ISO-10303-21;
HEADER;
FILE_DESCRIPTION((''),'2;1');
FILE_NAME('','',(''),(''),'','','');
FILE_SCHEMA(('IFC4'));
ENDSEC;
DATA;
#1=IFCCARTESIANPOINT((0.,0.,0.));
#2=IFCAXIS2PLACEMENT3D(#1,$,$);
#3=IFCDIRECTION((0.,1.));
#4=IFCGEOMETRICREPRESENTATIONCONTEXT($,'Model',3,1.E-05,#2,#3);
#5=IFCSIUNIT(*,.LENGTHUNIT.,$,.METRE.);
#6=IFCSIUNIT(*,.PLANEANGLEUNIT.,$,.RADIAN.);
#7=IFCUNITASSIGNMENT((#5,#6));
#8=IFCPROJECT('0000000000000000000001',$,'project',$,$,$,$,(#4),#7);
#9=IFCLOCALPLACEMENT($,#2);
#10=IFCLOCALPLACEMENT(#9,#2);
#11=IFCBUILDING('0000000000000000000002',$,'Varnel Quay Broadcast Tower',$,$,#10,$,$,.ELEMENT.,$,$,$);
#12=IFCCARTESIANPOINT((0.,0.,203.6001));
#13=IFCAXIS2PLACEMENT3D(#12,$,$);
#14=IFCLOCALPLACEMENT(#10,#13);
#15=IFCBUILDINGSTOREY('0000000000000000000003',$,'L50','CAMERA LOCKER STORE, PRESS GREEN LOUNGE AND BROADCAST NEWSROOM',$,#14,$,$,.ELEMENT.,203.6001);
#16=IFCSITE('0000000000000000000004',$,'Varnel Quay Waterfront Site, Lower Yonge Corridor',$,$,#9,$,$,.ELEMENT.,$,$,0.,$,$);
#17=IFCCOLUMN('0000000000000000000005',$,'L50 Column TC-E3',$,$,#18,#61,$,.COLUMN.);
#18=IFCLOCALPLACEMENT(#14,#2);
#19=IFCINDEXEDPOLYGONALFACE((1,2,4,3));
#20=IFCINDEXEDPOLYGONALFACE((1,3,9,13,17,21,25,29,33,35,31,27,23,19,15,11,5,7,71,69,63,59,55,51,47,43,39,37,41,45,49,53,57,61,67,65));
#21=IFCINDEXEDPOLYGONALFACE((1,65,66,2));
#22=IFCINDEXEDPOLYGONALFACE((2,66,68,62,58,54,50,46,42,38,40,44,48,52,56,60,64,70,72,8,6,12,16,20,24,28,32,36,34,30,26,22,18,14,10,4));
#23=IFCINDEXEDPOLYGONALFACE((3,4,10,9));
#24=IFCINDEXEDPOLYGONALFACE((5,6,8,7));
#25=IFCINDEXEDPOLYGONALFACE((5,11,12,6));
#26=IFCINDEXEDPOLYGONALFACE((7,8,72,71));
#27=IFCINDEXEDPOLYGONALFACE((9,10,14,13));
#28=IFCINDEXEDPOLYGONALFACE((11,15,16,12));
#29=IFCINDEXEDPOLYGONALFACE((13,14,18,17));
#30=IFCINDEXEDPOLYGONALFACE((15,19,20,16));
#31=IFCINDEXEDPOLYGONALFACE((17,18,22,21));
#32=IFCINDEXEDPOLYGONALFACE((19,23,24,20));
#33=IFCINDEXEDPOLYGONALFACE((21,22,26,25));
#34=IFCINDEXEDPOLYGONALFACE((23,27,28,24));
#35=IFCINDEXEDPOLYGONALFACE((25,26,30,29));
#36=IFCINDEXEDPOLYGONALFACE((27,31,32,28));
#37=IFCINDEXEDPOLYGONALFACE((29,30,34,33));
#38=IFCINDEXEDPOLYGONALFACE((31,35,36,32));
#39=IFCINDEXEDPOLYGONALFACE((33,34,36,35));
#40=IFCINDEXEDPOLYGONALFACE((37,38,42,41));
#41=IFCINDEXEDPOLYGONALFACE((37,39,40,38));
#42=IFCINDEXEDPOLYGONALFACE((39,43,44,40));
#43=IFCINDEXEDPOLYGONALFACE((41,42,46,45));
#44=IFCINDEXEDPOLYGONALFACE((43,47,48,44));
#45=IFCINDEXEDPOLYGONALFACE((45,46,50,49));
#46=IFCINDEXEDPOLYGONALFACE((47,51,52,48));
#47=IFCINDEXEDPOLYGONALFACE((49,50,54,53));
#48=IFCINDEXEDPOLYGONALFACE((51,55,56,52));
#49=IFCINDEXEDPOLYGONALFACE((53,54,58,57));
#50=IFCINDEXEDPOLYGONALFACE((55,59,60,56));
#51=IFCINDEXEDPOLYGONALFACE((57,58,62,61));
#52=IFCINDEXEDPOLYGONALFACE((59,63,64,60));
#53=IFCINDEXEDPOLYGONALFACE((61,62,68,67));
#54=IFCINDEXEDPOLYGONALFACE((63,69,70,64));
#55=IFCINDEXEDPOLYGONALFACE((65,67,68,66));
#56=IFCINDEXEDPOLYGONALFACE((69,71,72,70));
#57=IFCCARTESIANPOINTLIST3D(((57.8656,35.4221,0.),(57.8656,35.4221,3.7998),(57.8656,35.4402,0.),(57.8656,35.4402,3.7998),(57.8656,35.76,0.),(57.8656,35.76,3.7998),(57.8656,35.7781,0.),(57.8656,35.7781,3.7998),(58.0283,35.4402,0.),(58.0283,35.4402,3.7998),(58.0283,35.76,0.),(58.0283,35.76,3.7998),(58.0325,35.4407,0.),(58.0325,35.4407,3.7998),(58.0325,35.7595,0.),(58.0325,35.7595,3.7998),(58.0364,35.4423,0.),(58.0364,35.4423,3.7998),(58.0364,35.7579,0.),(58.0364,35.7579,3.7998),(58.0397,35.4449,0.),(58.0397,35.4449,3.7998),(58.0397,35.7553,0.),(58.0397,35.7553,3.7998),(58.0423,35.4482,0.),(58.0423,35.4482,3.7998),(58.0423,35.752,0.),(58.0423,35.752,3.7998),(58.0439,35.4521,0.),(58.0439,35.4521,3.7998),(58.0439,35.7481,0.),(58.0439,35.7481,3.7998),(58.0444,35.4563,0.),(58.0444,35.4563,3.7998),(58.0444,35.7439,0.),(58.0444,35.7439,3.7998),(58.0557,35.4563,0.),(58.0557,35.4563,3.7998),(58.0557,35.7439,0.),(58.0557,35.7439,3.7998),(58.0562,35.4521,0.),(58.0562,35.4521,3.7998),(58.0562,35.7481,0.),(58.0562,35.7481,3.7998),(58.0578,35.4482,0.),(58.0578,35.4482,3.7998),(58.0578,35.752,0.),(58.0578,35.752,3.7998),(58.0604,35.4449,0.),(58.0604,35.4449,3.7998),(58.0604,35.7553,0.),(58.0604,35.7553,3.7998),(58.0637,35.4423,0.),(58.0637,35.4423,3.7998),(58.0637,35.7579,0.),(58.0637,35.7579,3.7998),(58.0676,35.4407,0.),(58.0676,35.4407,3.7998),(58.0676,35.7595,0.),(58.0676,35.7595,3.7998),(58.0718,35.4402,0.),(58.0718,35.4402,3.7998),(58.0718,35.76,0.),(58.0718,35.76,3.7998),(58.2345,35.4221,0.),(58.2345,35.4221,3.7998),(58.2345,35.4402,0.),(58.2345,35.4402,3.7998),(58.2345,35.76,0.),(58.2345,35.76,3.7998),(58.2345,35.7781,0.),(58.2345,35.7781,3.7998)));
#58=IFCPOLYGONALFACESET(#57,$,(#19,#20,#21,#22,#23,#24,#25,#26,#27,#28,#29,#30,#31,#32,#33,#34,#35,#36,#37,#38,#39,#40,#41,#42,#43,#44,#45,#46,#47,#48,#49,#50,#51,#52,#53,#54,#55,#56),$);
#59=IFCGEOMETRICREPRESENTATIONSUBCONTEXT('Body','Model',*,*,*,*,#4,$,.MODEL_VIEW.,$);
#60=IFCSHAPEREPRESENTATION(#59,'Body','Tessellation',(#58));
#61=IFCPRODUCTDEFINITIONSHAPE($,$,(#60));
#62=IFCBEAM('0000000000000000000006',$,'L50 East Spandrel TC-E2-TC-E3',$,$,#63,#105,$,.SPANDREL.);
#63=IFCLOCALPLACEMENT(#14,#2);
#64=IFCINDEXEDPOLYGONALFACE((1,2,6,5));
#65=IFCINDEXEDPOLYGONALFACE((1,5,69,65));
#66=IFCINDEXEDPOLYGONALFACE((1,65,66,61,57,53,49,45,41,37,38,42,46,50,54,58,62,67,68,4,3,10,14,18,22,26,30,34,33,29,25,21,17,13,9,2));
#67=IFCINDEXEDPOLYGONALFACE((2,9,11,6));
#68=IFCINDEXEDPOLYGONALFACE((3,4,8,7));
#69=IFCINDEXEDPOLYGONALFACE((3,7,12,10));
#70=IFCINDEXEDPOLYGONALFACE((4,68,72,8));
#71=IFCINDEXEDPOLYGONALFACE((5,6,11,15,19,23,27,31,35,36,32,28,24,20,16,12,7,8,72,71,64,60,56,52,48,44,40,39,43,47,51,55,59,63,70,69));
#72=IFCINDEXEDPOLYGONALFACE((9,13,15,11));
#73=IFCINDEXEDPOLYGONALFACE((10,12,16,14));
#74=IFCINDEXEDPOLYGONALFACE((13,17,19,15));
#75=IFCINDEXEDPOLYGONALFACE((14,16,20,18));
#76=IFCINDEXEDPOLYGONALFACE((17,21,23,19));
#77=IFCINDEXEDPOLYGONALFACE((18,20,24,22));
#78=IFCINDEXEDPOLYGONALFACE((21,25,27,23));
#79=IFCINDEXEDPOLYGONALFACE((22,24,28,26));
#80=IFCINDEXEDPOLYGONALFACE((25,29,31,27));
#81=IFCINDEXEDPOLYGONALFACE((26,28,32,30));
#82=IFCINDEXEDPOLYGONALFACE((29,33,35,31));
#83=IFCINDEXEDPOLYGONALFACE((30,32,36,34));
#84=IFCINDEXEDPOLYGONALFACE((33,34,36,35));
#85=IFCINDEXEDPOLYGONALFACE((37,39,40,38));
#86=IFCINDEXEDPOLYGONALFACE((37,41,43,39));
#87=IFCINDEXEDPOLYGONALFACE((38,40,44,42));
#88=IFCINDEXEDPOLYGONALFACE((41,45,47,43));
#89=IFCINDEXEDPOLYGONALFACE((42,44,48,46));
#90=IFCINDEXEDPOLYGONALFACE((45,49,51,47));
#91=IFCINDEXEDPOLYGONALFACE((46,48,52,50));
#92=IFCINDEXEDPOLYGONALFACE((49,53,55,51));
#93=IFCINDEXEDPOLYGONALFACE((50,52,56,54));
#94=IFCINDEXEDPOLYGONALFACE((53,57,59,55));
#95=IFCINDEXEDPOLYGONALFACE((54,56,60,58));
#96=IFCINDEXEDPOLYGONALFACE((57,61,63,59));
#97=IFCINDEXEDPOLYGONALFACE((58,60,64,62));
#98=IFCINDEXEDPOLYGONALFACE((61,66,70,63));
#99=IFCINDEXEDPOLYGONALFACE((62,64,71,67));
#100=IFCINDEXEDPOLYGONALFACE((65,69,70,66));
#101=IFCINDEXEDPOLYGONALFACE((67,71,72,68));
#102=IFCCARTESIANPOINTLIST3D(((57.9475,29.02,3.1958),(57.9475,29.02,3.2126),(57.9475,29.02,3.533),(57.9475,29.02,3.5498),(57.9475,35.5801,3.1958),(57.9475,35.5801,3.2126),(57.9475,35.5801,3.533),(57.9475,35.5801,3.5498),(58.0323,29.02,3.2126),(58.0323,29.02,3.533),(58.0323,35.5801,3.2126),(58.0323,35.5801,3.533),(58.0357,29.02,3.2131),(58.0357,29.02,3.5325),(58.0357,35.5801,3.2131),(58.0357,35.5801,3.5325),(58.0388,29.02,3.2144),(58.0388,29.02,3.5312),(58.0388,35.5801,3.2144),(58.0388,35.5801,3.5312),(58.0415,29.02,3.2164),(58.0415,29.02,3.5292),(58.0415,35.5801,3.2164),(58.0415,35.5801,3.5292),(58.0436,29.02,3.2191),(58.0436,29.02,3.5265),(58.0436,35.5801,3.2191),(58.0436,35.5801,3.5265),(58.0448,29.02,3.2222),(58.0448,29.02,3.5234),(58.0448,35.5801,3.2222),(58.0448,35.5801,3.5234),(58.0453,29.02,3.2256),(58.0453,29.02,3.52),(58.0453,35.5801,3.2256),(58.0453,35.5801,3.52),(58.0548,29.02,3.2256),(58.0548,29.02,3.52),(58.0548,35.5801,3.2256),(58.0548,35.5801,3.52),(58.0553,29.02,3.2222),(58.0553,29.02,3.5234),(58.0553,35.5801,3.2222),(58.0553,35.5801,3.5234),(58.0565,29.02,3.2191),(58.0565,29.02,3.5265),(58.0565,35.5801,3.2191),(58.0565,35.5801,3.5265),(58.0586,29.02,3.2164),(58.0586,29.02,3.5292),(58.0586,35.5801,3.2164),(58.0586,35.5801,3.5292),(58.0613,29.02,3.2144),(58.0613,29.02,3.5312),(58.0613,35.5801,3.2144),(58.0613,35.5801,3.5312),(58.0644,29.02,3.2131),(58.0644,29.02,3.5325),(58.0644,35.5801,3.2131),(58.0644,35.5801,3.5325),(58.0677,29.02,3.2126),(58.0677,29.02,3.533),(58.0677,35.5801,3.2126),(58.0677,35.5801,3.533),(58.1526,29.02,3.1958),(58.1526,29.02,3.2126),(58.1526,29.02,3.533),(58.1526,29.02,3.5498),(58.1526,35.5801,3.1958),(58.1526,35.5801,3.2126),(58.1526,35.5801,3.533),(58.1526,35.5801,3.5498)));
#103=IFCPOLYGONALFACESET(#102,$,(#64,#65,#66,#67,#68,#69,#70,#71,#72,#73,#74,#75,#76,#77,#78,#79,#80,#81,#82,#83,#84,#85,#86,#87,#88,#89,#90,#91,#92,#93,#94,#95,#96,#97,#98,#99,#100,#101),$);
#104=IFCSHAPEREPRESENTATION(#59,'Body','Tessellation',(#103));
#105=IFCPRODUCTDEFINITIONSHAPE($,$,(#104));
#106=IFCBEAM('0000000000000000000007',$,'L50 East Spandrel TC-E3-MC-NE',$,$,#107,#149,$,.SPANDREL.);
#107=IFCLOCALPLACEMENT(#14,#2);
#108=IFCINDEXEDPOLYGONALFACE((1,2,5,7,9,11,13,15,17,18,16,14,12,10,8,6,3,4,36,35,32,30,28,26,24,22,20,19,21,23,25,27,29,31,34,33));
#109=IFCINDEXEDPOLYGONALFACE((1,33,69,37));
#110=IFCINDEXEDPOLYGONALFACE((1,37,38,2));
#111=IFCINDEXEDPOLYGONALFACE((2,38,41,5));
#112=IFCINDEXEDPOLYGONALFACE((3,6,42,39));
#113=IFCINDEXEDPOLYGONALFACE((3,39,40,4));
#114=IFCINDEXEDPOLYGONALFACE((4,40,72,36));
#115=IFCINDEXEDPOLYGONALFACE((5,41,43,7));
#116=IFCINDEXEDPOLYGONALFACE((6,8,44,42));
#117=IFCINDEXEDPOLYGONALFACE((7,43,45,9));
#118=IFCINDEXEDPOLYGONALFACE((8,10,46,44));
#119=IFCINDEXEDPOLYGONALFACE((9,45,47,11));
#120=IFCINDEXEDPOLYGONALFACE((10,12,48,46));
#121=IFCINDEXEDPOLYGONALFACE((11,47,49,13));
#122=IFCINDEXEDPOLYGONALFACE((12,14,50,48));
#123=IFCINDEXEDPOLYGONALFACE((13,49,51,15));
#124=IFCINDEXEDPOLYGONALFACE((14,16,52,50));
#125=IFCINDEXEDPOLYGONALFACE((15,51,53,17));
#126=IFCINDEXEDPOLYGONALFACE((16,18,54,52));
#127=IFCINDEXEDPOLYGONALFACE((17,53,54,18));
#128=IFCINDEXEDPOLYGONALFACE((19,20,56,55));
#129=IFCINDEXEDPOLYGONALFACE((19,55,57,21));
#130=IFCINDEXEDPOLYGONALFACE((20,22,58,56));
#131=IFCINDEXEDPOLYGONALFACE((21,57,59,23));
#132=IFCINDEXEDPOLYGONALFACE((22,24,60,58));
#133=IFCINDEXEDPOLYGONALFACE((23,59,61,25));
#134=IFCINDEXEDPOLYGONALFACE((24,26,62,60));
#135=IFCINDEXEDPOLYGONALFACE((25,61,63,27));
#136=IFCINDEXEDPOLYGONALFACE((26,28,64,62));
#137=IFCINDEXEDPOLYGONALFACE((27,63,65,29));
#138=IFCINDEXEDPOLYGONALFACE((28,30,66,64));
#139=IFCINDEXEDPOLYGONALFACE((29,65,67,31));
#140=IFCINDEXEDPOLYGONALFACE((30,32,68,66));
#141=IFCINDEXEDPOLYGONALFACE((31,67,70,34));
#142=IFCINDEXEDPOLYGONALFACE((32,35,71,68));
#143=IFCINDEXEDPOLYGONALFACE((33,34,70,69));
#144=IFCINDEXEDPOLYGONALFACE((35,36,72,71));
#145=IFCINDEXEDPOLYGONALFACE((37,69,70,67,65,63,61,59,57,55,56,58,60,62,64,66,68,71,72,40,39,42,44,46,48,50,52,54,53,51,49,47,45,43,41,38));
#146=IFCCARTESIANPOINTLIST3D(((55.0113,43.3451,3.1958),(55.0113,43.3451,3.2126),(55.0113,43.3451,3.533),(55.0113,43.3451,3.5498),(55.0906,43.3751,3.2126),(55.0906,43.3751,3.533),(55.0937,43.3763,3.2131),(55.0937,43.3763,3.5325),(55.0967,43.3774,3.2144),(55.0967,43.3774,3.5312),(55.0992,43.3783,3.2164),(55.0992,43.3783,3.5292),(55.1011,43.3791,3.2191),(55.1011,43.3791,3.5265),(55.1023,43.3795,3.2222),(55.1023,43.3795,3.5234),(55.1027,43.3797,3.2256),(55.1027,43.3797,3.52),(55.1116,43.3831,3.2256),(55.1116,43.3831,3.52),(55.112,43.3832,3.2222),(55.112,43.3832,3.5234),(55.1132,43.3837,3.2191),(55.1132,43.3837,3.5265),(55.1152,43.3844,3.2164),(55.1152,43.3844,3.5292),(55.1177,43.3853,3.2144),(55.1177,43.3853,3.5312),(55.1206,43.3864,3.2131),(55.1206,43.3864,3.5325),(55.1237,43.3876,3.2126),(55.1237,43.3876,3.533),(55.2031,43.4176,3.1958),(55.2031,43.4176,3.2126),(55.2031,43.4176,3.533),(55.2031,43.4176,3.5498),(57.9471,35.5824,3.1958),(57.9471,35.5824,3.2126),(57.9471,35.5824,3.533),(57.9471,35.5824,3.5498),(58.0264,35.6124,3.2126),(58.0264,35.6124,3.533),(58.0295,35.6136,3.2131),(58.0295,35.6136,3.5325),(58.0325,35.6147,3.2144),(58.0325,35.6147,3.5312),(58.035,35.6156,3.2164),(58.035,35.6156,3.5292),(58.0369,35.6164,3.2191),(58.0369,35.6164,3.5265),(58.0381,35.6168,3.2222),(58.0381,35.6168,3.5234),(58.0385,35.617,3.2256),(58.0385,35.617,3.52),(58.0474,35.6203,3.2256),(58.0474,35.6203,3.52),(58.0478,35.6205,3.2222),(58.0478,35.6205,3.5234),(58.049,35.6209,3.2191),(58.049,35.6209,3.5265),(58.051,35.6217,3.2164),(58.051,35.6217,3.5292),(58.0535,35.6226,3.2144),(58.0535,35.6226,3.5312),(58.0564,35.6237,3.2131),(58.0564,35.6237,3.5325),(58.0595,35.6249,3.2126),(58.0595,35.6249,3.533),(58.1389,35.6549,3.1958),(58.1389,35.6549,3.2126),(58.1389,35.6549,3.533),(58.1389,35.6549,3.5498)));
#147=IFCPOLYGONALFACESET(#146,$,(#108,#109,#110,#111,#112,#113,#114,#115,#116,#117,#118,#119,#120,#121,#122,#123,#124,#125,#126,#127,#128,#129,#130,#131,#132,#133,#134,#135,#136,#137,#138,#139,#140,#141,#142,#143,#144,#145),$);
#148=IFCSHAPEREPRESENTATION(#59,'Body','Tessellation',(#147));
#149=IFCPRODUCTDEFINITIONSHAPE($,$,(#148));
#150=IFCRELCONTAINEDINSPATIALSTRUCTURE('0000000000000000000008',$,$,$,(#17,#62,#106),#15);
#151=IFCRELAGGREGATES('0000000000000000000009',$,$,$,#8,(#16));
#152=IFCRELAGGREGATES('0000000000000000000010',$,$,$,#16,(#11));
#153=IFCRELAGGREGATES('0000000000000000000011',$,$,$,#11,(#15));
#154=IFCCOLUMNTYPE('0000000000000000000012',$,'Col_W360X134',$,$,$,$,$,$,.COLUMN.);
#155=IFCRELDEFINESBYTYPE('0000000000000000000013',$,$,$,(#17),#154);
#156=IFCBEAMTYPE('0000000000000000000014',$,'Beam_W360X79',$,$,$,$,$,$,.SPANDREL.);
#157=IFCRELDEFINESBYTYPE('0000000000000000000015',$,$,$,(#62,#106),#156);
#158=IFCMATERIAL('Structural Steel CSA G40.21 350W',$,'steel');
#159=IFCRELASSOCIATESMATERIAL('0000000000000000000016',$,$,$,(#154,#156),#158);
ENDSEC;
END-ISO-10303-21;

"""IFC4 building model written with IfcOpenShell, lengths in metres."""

from ifc_helpers import new_model, si_unit, direction, frame, origin, origin_2d, place, context, subcontext, project, spatial, i_section, extrude, source, transform, mapped, material, material_profile, profile_set, type_object, type_shapes, element, save


model = new_model("IFC4")

# Units and contexts
model_context = context("Model", 3, precision=1e-05, world=origin(), true_north=direction((0.0, 1.0)))
body_context = subcontext(model_context, "Body", "Model", "MODEL_VIEW")
ifc_project = project(units=[si_unit("LENGTHUNIT", "METRE"), si_unit("PLANEANGLEUNIT", "RADIAN")], contexts=[model_context])

# Site, building, storey
site_placement = place(None, origin())
site = spatial("IfcSite", under=ifc_project, at=site_placement, Name="Varnel Quay Waterfront Site, Lower Yonge Corridor", CompositionType="ELEMENT", RefElevation=0.0)
building_placement = place(site_placement, origin())
building = spatial("IfcBuilding", under=site, at=building_placement, Name="Varnel Quay Broadcast Tower", CompositionType="ELEMENT")
storey_placement = place(building_placement, frame((0.0, 0.0, 203.6001)))
storey = spatial("IfcBuildingStorey", under=building, at=storey_placement, Name="L50", Description="CAMERA LOCKER STORE, PRESS GREEN LOUNGE AND BROADCAST NEWSROOM", CompositionType="ELEMENT", Elevation=203.6001)

# Column
ifc_material_1 = material(Name="Structural Steel CSA G40.21 350W", Category="steel")
ifc_material_profile_1 = material_profile(ifc_material_1, i_section(OverallWidth=0.3689, OverallDepth=0.356, WebThickness=0.0112, FlangeThickness=0.0181, FilletRadius=0.0161, at=origin_2d()), Name="W360X134")
ifc_profile_set_1 = profile_set([ifc_material_profile_1], Name="Structural Steel CSA G40.21 350W")
column_type_1 = type_object("IfcColumnType", Name="Col_W360X134", PredefinedType="COLUMN", material=ifc_profile_set_1)
shared_shape_1 = source(origin(), body_context, "Body", "SweptSolid", [
    extrude(i_section(OverallWidth=0.3689, OverallDepth=0.356, WebThickness=0.0112, FlangeThickness=0.0181, FilletRadius=0.0161, at=origin_2d()), origin(), (0.0, 0.0, 1.0), 3.7998),
])
type_shapes(column_type_1, [shared_shape_1])
for number, where, z_axis, x_axis, name in (
    (1, (58.05, 35.6001, 0.0), (0.0, 0.0, 1.0), (1.0, 0.0, 0.0), "L50 Column TC-E3"),
):
    element("IfcColumn", number, at=place(storey_placement, frame(where, z_axis=z_axis, x_axis=x_axis)), inside=storey, type_object=column_type_1, Name=name, PredefinedType="COLUMN", context=body_context, shape_type="MappedRepresentation", body=[
        mapped(shared_shape_1, transform((0.0, 0.0, 0.0), x_axis=(1.0, 0.0, 0.0), y_axis=(0.0, 1.0, 0.0), z_axis=(0.0, 0.0, 1.0), scale=1.0)),
    ])

# Beams
ifc_material_profile_2 = material_profile(ifc_material_1, i_section(OverallWidth=0.2051, OverallDepth=0.354, WebThickness=0.0095, FlangeThickness=0.0168, FilletRadius=0.0129, at=origin_2d()), Name="W360X79")
ifc_profile_set_2 = profile_set([ifc_material_profile_2], Name="Structural Steel CSA G40.21 350W")
beam_type_1 = type_object("IfcBeamType", Name="Beam_W360X79", PredefinedType="SPANDREL", material=ifc_profile_set_2)
shared_shape_2 = source(origin(), body_context, "Body", "SweptSolid", [
    extrude(i_section(OverallWidth=0.2051, OverallDepth=0.354, WebThickness=0.0095, FlangeThickness=0.0168, FilletRadius=0.0129, at=origin_2d()), origin(), (0.0, 0.0, 1.0), 6.5601),
])
beam_1_placement = place(storey_placement, frame((58.05, 29.02, 3.3728), z_axis=(0.0, 1.0, 0.0), x_axis=(-1.0, 0.0, 0.0)))
element("IfcBeam", 2, at=beam_1_placement, inside=storey, type_object=beam_type_1, Name="L50 East Spandrel TC-E2-TC-E3", PredefinedType="SPANDREL", context=body_context, shape_type="MappedRepresentation", body=[
    mapped(shared_shape_2, transform((0.0, 0.0, 0.0), x_axis=(1.0, 0.0, 0.0), y_axis=(0.0, 1.0, 0.0), z_axis=(0.0, 0.0, 1.0), scale=1.0)),
])
shared_shape_3 = source(origin(), body_context, "Body", "SweptSolid", [
    extrude(i_section(OverallWidth=0.2051, OverallDepth=0.354, WebThickness=0.0095, FlangeThickness=0.0168, FilletRadius=0.0129, at=origin_2d()), origin(), (0.0, 0.0, 1.0), 8.2993),
])
beam_2_placement = place(storey_placement, frame((58.043, 35.6187, 3.3728), z_axis=(-0.35374, 0.935344, 0.0), x_axis=(-0.935344, -0.35374, 0.0)))
element("IfcBeam", 3, at=beam_2_placement, inside=storey, type_object=beam_type_1, Name="L50 East Spandrel TC-E3-MC-NE", PredefinedType="SPANDREL", context=body_context, shape_type="MappedRepresentation", body=[
    mapped(shared_shape_3, transform((0.0, 0.0, 0.0), x_axis=(1.0, 0.0, 0.0), y_axis=(0.0, 1.0, 0.0), z_axis=(0.0, 0.0, 1.0), scale=1.0)),
])

save(model, "model.ifc")
